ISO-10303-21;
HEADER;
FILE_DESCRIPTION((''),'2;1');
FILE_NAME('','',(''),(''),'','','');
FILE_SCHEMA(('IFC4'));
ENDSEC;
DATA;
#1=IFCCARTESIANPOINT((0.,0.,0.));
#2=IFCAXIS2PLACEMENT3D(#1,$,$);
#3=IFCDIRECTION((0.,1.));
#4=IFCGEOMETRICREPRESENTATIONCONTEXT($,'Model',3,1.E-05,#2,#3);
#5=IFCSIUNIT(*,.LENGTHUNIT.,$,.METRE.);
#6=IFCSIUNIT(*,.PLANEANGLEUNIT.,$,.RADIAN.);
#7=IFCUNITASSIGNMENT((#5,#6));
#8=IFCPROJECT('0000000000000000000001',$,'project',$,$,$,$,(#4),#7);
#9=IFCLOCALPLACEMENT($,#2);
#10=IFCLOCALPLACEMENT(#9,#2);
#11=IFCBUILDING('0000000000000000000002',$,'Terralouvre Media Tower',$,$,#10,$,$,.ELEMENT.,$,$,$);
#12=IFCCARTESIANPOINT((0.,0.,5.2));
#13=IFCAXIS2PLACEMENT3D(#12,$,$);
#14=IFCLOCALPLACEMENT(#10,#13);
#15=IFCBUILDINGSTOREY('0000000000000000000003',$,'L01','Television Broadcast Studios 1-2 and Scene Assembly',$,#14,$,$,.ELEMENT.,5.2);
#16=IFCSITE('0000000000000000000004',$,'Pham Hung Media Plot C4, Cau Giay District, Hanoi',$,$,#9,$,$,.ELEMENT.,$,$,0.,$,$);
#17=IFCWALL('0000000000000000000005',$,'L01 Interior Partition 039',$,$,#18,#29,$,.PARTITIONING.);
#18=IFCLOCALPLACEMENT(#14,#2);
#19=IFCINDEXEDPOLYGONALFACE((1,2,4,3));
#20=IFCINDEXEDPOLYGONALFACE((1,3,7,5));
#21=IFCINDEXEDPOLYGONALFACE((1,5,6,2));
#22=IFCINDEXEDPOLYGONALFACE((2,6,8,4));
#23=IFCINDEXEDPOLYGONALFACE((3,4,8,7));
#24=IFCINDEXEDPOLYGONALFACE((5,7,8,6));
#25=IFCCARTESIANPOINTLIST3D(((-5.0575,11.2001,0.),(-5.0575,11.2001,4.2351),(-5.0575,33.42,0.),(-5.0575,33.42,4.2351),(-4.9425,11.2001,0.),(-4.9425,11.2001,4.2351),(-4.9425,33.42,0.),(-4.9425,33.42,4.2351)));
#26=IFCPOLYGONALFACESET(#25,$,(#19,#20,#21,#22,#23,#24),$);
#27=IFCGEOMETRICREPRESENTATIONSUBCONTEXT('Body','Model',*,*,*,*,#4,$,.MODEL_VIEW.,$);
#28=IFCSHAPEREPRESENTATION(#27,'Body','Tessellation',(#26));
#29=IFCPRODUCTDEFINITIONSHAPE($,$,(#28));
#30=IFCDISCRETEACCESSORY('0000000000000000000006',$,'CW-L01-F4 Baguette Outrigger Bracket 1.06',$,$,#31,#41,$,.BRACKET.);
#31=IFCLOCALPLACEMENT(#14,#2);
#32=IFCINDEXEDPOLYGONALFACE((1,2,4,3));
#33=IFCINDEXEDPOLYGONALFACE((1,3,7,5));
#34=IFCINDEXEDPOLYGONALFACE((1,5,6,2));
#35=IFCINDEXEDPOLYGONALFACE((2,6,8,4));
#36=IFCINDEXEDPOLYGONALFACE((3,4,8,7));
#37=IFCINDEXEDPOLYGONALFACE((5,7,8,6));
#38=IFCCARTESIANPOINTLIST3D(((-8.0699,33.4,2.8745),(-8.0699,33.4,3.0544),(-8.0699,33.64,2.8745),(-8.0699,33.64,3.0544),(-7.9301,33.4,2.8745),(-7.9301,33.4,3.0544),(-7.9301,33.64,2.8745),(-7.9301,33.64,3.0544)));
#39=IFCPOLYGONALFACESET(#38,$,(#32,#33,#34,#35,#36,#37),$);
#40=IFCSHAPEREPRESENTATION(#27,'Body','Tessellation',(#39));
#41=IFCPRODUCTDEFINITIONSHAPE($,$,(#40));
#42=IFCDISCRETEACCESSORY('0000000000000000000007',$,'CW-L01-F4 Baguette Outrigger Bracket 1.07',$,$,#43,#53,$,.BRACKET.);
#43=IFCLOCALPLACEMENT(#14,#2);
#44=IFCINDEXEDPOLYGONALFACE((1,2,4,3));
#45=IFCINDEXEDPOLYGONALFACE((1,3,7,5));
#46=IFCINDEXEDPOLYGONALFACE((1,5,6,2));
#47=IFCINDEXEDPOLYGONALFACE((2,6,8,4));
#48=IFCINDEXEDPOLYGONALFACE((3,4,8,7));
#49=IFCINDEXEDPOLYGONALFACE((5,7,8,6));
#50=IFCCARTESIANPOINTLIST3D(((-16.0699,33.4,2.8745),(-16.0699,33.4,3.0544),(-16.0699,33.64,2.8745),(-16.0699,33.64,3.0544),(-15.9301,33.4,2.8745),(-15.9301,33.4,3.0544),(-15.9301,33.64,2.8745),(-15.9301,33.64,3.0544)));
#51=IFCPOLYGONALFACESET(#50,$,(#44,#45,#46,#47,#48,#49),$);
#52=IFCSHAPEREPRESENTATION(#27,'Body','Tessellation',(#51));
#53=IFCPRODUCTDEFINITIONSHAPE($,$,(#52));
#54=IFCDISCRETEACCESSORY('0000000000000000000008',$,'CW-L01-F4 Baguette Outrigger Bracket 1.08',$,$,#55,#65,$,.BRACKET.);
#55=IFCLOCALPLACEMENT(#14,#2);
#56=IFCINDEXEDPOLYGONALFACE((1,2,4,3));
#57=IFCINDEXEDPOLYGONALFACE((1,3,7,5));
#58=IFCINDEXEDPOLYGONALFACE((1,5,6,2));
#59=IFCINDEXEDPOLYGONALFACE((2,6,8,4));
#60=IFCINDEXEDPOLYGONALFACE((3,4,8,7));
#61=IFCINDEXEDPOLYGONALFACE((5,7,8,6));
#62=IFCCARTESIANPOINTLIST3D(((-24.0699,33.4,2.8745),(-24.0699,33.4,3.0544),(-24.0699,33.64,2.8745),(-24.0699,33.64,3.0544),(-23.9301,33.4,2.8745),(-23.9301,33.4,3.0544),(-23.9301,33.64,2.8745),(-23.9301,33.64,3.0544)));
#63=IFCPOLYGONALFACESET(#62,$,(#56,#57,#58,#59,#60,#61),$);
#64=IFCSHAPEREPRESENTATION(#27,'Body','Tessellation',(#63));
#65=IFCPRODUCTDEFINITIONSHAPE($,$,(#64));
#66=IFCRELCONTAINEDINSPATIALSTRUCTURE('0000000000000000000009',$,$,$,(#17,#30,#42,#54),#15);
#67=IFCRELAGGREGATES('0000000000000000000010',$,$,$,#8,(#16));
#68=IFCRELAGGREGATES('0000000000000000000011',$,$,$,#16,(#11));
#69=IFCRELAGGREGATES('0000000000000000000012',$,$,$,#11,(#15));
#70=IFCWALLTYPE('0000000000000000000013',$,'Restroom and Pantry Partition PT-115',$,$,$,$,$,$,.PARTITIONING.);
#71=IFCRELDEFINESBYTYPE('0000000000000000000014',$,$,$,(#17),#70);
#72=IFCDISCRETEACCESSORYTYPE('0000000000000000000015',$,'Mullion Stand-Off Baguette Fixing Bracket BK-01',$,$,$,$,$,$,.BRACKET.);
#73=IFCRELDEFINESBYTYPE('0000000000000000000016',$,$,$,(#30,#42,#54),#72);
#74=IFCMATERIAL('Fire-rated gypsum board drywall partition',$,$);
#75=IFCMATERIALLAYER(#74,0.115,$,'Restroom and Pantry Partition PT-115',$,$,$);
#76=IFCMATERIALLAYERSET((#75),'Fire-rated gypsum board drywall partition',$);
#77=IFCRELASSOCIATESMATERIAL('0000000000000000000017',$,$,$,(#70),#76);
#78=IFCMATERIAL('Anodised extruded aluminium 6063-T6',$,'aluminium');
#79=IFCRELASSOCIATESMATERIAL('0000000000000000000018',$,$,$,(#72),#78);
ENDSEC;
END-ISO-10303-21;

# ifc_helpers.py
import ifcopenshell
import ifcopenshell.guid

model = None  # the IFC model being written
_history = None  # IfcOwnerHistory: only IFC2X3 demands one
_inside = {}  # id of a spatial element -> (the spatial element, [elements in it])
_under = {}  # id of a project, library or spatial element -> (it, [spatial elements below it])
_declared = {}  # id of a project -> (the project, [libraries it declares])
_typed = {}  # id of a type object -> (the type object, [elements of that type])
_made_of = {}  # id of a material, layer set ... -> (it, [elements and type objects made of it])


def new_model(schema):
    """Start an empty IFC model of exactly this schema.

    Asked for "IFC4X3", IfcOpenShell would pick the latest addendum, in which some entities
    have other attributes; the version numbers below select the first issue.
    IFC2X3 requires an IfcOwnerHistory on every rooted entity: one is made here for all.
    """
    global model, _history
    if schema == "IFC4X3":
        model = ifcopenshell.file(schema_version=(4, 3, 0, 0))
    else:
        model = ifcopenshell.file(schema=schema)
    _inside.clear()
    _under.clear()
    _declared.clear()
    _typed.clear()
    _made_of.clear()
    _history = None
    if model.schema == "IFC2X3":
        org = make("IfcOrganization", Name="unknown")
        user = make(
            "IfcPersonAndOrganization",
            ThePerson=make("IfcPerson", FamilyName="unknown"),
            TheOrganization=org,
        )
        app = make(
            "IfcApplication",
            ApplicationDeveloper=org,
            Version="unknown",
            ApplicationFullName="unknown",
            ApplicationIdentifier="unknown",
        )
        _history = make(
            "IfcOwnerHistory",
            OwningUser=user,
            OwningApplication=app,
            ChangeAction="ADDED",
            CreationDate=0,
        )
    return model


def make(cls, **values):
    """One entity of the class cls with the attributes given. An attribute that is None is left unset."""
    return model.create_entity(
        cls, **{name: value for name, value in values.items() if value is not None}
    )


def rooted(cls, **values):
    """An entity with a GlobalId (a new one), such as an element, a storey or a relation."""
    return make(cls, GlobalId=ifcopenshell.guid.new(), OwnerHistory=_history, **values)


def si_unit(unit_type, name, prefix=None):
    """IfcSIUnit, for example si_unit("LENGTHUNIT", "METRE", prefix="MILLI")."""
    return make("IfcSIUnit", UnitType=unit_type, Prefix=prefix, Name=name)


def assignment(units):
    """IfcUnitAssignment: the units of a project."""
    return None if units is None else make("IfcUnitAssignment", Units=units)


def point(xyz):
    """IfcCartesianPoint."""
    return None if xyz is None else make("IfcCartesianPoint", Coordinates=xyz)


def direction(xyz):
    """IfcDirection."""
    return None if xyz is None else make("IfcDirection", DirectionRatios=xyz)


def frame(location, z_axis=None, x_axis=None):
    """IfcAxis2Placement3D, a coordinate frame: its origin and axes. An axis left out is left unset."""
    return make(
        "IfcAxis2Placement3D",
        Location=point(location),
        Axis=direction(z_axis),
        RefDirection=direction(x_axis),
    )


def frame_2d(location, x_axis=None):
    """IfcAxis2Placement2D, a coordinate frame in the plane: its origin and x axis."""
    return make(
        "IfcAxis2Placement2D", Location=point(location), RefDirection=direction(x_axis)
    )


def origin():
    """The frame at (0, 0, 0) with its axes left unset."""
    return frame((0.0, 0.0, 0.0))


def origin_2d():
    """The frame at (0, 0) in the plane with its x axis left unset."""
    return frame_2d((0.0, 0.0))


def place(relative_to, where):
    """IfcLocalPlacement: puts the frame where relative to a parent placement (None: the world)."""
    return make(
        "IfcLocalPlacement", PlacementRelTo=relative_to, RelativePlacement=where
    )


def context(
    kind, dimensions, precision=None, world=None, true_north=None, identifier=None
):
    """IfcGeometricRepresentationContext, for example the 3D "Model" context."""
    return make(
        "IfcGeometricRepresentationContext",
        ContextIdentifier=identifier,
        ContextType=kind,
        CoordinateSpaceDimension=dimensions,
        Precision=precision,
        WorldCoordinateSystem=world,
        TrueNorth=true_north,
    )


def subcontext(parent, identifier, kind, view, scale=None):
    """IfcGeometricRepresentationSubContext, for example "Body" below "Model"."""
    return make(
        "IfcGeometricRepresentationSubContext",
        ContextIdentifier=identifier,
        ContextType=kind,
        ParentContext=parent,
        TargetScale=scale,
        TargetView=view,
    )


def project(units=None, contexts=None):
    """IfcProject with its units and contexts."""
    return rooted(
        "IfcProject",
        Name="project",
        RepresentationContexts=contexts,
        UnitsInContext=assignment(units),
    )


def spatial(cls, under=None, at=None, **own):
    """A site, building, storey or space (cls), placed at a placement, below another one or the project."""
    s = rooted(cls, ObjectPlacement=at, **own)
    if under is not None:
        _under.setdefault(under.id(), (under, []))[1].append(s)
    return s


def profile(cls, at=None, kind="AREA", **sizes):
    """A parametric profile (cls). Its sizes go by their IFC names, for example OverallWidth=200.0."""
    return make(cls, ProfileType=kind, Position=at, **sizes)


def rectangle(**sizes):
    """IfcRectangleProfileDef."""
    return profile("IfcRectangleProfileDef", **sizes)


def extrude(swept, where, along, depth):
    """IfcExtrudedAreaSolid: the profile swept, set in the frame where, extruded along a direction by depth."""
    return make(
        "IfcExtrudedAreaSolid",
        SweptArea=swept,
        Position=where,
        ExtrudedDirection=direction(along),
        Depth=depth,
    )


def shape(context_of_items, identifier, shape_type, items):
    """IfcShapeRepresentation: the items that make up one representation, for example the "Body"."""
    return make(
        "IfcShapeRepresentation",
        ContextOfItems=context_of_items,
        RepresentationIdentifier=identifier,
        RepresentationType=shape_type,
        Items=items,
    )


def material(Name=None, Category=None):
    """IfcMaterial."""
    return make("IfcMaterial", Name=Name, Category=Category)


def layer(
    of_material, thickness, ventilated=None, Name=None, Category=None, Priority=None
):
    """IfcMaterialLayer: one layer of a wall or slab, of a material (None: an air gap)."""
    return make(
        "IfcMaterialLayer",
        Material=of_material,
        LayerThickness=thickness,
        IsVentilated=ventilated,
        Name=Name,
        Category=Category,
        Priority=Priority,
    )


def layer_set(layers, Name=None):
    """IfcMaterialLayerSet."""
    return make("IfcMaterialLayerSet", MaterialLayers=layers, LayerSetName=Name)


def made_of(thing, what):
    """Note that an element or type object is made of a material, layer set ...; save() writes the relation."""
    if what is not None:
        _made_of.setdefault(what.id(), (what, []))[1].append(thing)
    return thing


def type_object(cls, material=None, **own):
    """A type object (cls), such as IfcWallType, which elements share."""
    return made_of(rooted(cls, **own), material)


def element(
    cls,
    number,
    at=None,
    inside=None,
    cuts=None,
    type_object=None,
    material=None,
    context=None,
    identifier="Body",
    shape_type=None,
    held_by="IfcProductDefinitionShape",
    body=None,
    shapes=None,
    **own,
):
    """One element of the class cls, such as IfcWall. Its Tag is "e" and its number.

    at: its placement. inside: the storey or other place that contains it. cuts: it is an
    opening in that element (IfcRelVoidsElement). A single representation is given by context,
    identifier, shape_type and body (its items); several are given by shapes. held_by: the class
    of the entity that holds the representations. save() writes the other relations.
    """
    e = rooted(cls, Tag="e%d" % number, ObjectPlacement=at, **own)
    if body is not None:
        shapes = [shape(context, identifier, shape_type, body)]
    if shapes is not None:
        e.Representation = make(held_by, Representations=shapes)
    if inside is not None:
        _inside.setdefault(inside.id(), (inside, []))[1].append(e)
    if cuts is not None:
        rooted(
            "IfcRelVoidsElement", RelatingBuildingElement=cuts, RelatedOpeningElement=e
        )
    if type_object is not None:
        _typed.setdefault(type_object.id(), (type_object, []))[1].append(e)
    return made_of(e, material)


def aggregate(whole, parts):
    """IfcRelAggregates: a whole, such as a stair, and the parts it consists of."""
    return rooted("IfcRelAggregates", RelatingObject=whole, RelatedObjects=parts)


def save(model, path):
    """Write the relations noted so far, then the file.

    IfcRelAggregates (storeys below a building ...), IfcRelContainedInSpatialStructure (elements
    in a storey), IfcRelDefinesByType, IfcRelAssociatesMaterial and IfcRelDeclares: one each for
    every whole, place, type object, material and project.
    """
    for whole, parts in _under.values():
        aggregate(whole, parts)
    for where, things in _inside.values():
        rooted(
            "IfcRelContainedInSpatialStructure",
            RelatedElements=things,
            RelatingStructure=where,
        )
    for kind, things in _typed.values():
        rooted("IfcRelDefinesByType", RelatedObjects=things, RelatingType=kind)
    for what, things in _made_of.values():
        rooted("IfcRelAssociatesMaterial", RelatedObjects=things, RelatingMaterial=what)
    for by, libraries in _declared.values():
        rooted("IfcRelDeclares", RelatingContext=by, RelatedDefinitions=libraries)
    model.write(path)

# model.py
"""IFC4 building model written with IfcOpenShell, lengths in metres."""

from ifc_helpers import new_model, si_unit, direction, frame, frame_2d, origin, origin_2d, place, context, subcontext, project, spatial, rectangle, extrude, material, layer, layer_set, type_object, element, save


model = new_model("IFC4")

# Units and contexts
model_context = context("Model", 3, precision=1e-05, world=origin(), true_north=direction((0.0, 1.0)))
body_context = subcontext(model_context, "Body", "Model", "MODEL_VIEW")
ifc_project = project(units=[si_unit("LENGTHUNIT", "METRE"), si_unit("PLANEANGLEUNIT", "RADIAN")], contexts=[model_context])

# Site, building, storey
site_placement = place(None, origin())
site = spatial("IfcSite", under=ifc_project, at=site_placement, Name="Pham Hung Media Plot C4, Cau Giay District, Hanoi", CompositionType="ELEMENT", RefElevation=0.0)
building_placement = place(site_placement, origin())
building = spatial("IfcBuilding", under=site, at=building_placement, Name="Terralouvre Media Tower", CompositionType="ELEMENT")
storey_placement = place(building_placement, frame((0.0, 0.0, 5.2)))
storey = spatial("IfcBuildingStorey", under=building, at=storey_placement, Name="L01", Description="Television Broadcast Studios 1-2 and Scene Assembly", CompositionType="ELEMENT", Elevation=5.2)

# Wall
ifc_material_1 = material(Name="Fire-rated gypsum board drywall partition")
ifc_layer_1 = layer(ifc_material_1, 0.115, Name="Restroom and Pantry Partition PT-115")
ifc_layer_set_1 = layer_set([ifc_layer_1], Name="Fire-rated gypsum board drywall partition")
wall_type = type_object("IfcWallType", Name="Restroom and Pantry Partition PT-115", PredefinedType="PARTITIONING", material=ifc_layer_set_1)
wall_placement = place(storey_placement, frame((-5.0, 33.4199, 0.0), z_axis=(0.0, 0.0, 1.0), x_axis=(0.0, -1.0, 0.0)))
element("IfcWall", 1, at=wall_placement, inside=storey, type_object=wall_type, Name="L01 Interior Partition 039", PredefinedType="PARTITIONING", context=body_context, shape_type="SweptSolid", body=[
    extrude(rectangle(XDim=22.22, YDim=0.115, at=frame_2d((11.1099, 0.0))), origin(), (0.0, 0.0, 1.0), 4.2351),
])

# Discrete accessories
ifc_material_2 = material(Name="Anodised extruded aluminium 6063-T6", Category="aluminium")
discrete_accessory_type = type_object("IfcDiscreteAccessoryType", Name="Mullion Stand-Off Baguette Fixing Bracket BK-01", PredefinedType="BRACKET", material=ifc_material_2)
for number, where, z_axis, x_axis, name in (
    (2, (-8.0, 33.52, 2.8745), (0.0, 0.0, 1.0), (-1.0, 0.0, 0.0), "CW-L01-F4 Baguette Outrigger Bracket 1.06"),
    (3, (-16.0, 33.52, 2.8745), (0.0, 0.0, 1.0), (-1.0, 0.0, 0.0), "CW-L01-F4 Baguette Outrigger Bracket 1.07"),
    (4, (-24.0, 33.52, 2.8745), (0.0, 0.0, 1.0), (-1.0, 0.0, 0.0), "CW-L01-F4 Baguette Outrigger Bracket 1.08"),
):
    element("IfcDiscreteAccessory", number, at=place(storey_placement, frame(where, z_axis=z_axis, x_axis=x_axis)), inside=storey, type_object=discrete_accessory_type, Name=name, PredefinedType="BRACKET", context=body_context, shape_type="SweptSolid", body=[
        extrude(rectangle(XDim=0.1399, YDim=0.24, at=origin_2d()), origin(), (0.0, 0.0, 1.0), 0.1799),
    ])

save(model, "model.ifc")
